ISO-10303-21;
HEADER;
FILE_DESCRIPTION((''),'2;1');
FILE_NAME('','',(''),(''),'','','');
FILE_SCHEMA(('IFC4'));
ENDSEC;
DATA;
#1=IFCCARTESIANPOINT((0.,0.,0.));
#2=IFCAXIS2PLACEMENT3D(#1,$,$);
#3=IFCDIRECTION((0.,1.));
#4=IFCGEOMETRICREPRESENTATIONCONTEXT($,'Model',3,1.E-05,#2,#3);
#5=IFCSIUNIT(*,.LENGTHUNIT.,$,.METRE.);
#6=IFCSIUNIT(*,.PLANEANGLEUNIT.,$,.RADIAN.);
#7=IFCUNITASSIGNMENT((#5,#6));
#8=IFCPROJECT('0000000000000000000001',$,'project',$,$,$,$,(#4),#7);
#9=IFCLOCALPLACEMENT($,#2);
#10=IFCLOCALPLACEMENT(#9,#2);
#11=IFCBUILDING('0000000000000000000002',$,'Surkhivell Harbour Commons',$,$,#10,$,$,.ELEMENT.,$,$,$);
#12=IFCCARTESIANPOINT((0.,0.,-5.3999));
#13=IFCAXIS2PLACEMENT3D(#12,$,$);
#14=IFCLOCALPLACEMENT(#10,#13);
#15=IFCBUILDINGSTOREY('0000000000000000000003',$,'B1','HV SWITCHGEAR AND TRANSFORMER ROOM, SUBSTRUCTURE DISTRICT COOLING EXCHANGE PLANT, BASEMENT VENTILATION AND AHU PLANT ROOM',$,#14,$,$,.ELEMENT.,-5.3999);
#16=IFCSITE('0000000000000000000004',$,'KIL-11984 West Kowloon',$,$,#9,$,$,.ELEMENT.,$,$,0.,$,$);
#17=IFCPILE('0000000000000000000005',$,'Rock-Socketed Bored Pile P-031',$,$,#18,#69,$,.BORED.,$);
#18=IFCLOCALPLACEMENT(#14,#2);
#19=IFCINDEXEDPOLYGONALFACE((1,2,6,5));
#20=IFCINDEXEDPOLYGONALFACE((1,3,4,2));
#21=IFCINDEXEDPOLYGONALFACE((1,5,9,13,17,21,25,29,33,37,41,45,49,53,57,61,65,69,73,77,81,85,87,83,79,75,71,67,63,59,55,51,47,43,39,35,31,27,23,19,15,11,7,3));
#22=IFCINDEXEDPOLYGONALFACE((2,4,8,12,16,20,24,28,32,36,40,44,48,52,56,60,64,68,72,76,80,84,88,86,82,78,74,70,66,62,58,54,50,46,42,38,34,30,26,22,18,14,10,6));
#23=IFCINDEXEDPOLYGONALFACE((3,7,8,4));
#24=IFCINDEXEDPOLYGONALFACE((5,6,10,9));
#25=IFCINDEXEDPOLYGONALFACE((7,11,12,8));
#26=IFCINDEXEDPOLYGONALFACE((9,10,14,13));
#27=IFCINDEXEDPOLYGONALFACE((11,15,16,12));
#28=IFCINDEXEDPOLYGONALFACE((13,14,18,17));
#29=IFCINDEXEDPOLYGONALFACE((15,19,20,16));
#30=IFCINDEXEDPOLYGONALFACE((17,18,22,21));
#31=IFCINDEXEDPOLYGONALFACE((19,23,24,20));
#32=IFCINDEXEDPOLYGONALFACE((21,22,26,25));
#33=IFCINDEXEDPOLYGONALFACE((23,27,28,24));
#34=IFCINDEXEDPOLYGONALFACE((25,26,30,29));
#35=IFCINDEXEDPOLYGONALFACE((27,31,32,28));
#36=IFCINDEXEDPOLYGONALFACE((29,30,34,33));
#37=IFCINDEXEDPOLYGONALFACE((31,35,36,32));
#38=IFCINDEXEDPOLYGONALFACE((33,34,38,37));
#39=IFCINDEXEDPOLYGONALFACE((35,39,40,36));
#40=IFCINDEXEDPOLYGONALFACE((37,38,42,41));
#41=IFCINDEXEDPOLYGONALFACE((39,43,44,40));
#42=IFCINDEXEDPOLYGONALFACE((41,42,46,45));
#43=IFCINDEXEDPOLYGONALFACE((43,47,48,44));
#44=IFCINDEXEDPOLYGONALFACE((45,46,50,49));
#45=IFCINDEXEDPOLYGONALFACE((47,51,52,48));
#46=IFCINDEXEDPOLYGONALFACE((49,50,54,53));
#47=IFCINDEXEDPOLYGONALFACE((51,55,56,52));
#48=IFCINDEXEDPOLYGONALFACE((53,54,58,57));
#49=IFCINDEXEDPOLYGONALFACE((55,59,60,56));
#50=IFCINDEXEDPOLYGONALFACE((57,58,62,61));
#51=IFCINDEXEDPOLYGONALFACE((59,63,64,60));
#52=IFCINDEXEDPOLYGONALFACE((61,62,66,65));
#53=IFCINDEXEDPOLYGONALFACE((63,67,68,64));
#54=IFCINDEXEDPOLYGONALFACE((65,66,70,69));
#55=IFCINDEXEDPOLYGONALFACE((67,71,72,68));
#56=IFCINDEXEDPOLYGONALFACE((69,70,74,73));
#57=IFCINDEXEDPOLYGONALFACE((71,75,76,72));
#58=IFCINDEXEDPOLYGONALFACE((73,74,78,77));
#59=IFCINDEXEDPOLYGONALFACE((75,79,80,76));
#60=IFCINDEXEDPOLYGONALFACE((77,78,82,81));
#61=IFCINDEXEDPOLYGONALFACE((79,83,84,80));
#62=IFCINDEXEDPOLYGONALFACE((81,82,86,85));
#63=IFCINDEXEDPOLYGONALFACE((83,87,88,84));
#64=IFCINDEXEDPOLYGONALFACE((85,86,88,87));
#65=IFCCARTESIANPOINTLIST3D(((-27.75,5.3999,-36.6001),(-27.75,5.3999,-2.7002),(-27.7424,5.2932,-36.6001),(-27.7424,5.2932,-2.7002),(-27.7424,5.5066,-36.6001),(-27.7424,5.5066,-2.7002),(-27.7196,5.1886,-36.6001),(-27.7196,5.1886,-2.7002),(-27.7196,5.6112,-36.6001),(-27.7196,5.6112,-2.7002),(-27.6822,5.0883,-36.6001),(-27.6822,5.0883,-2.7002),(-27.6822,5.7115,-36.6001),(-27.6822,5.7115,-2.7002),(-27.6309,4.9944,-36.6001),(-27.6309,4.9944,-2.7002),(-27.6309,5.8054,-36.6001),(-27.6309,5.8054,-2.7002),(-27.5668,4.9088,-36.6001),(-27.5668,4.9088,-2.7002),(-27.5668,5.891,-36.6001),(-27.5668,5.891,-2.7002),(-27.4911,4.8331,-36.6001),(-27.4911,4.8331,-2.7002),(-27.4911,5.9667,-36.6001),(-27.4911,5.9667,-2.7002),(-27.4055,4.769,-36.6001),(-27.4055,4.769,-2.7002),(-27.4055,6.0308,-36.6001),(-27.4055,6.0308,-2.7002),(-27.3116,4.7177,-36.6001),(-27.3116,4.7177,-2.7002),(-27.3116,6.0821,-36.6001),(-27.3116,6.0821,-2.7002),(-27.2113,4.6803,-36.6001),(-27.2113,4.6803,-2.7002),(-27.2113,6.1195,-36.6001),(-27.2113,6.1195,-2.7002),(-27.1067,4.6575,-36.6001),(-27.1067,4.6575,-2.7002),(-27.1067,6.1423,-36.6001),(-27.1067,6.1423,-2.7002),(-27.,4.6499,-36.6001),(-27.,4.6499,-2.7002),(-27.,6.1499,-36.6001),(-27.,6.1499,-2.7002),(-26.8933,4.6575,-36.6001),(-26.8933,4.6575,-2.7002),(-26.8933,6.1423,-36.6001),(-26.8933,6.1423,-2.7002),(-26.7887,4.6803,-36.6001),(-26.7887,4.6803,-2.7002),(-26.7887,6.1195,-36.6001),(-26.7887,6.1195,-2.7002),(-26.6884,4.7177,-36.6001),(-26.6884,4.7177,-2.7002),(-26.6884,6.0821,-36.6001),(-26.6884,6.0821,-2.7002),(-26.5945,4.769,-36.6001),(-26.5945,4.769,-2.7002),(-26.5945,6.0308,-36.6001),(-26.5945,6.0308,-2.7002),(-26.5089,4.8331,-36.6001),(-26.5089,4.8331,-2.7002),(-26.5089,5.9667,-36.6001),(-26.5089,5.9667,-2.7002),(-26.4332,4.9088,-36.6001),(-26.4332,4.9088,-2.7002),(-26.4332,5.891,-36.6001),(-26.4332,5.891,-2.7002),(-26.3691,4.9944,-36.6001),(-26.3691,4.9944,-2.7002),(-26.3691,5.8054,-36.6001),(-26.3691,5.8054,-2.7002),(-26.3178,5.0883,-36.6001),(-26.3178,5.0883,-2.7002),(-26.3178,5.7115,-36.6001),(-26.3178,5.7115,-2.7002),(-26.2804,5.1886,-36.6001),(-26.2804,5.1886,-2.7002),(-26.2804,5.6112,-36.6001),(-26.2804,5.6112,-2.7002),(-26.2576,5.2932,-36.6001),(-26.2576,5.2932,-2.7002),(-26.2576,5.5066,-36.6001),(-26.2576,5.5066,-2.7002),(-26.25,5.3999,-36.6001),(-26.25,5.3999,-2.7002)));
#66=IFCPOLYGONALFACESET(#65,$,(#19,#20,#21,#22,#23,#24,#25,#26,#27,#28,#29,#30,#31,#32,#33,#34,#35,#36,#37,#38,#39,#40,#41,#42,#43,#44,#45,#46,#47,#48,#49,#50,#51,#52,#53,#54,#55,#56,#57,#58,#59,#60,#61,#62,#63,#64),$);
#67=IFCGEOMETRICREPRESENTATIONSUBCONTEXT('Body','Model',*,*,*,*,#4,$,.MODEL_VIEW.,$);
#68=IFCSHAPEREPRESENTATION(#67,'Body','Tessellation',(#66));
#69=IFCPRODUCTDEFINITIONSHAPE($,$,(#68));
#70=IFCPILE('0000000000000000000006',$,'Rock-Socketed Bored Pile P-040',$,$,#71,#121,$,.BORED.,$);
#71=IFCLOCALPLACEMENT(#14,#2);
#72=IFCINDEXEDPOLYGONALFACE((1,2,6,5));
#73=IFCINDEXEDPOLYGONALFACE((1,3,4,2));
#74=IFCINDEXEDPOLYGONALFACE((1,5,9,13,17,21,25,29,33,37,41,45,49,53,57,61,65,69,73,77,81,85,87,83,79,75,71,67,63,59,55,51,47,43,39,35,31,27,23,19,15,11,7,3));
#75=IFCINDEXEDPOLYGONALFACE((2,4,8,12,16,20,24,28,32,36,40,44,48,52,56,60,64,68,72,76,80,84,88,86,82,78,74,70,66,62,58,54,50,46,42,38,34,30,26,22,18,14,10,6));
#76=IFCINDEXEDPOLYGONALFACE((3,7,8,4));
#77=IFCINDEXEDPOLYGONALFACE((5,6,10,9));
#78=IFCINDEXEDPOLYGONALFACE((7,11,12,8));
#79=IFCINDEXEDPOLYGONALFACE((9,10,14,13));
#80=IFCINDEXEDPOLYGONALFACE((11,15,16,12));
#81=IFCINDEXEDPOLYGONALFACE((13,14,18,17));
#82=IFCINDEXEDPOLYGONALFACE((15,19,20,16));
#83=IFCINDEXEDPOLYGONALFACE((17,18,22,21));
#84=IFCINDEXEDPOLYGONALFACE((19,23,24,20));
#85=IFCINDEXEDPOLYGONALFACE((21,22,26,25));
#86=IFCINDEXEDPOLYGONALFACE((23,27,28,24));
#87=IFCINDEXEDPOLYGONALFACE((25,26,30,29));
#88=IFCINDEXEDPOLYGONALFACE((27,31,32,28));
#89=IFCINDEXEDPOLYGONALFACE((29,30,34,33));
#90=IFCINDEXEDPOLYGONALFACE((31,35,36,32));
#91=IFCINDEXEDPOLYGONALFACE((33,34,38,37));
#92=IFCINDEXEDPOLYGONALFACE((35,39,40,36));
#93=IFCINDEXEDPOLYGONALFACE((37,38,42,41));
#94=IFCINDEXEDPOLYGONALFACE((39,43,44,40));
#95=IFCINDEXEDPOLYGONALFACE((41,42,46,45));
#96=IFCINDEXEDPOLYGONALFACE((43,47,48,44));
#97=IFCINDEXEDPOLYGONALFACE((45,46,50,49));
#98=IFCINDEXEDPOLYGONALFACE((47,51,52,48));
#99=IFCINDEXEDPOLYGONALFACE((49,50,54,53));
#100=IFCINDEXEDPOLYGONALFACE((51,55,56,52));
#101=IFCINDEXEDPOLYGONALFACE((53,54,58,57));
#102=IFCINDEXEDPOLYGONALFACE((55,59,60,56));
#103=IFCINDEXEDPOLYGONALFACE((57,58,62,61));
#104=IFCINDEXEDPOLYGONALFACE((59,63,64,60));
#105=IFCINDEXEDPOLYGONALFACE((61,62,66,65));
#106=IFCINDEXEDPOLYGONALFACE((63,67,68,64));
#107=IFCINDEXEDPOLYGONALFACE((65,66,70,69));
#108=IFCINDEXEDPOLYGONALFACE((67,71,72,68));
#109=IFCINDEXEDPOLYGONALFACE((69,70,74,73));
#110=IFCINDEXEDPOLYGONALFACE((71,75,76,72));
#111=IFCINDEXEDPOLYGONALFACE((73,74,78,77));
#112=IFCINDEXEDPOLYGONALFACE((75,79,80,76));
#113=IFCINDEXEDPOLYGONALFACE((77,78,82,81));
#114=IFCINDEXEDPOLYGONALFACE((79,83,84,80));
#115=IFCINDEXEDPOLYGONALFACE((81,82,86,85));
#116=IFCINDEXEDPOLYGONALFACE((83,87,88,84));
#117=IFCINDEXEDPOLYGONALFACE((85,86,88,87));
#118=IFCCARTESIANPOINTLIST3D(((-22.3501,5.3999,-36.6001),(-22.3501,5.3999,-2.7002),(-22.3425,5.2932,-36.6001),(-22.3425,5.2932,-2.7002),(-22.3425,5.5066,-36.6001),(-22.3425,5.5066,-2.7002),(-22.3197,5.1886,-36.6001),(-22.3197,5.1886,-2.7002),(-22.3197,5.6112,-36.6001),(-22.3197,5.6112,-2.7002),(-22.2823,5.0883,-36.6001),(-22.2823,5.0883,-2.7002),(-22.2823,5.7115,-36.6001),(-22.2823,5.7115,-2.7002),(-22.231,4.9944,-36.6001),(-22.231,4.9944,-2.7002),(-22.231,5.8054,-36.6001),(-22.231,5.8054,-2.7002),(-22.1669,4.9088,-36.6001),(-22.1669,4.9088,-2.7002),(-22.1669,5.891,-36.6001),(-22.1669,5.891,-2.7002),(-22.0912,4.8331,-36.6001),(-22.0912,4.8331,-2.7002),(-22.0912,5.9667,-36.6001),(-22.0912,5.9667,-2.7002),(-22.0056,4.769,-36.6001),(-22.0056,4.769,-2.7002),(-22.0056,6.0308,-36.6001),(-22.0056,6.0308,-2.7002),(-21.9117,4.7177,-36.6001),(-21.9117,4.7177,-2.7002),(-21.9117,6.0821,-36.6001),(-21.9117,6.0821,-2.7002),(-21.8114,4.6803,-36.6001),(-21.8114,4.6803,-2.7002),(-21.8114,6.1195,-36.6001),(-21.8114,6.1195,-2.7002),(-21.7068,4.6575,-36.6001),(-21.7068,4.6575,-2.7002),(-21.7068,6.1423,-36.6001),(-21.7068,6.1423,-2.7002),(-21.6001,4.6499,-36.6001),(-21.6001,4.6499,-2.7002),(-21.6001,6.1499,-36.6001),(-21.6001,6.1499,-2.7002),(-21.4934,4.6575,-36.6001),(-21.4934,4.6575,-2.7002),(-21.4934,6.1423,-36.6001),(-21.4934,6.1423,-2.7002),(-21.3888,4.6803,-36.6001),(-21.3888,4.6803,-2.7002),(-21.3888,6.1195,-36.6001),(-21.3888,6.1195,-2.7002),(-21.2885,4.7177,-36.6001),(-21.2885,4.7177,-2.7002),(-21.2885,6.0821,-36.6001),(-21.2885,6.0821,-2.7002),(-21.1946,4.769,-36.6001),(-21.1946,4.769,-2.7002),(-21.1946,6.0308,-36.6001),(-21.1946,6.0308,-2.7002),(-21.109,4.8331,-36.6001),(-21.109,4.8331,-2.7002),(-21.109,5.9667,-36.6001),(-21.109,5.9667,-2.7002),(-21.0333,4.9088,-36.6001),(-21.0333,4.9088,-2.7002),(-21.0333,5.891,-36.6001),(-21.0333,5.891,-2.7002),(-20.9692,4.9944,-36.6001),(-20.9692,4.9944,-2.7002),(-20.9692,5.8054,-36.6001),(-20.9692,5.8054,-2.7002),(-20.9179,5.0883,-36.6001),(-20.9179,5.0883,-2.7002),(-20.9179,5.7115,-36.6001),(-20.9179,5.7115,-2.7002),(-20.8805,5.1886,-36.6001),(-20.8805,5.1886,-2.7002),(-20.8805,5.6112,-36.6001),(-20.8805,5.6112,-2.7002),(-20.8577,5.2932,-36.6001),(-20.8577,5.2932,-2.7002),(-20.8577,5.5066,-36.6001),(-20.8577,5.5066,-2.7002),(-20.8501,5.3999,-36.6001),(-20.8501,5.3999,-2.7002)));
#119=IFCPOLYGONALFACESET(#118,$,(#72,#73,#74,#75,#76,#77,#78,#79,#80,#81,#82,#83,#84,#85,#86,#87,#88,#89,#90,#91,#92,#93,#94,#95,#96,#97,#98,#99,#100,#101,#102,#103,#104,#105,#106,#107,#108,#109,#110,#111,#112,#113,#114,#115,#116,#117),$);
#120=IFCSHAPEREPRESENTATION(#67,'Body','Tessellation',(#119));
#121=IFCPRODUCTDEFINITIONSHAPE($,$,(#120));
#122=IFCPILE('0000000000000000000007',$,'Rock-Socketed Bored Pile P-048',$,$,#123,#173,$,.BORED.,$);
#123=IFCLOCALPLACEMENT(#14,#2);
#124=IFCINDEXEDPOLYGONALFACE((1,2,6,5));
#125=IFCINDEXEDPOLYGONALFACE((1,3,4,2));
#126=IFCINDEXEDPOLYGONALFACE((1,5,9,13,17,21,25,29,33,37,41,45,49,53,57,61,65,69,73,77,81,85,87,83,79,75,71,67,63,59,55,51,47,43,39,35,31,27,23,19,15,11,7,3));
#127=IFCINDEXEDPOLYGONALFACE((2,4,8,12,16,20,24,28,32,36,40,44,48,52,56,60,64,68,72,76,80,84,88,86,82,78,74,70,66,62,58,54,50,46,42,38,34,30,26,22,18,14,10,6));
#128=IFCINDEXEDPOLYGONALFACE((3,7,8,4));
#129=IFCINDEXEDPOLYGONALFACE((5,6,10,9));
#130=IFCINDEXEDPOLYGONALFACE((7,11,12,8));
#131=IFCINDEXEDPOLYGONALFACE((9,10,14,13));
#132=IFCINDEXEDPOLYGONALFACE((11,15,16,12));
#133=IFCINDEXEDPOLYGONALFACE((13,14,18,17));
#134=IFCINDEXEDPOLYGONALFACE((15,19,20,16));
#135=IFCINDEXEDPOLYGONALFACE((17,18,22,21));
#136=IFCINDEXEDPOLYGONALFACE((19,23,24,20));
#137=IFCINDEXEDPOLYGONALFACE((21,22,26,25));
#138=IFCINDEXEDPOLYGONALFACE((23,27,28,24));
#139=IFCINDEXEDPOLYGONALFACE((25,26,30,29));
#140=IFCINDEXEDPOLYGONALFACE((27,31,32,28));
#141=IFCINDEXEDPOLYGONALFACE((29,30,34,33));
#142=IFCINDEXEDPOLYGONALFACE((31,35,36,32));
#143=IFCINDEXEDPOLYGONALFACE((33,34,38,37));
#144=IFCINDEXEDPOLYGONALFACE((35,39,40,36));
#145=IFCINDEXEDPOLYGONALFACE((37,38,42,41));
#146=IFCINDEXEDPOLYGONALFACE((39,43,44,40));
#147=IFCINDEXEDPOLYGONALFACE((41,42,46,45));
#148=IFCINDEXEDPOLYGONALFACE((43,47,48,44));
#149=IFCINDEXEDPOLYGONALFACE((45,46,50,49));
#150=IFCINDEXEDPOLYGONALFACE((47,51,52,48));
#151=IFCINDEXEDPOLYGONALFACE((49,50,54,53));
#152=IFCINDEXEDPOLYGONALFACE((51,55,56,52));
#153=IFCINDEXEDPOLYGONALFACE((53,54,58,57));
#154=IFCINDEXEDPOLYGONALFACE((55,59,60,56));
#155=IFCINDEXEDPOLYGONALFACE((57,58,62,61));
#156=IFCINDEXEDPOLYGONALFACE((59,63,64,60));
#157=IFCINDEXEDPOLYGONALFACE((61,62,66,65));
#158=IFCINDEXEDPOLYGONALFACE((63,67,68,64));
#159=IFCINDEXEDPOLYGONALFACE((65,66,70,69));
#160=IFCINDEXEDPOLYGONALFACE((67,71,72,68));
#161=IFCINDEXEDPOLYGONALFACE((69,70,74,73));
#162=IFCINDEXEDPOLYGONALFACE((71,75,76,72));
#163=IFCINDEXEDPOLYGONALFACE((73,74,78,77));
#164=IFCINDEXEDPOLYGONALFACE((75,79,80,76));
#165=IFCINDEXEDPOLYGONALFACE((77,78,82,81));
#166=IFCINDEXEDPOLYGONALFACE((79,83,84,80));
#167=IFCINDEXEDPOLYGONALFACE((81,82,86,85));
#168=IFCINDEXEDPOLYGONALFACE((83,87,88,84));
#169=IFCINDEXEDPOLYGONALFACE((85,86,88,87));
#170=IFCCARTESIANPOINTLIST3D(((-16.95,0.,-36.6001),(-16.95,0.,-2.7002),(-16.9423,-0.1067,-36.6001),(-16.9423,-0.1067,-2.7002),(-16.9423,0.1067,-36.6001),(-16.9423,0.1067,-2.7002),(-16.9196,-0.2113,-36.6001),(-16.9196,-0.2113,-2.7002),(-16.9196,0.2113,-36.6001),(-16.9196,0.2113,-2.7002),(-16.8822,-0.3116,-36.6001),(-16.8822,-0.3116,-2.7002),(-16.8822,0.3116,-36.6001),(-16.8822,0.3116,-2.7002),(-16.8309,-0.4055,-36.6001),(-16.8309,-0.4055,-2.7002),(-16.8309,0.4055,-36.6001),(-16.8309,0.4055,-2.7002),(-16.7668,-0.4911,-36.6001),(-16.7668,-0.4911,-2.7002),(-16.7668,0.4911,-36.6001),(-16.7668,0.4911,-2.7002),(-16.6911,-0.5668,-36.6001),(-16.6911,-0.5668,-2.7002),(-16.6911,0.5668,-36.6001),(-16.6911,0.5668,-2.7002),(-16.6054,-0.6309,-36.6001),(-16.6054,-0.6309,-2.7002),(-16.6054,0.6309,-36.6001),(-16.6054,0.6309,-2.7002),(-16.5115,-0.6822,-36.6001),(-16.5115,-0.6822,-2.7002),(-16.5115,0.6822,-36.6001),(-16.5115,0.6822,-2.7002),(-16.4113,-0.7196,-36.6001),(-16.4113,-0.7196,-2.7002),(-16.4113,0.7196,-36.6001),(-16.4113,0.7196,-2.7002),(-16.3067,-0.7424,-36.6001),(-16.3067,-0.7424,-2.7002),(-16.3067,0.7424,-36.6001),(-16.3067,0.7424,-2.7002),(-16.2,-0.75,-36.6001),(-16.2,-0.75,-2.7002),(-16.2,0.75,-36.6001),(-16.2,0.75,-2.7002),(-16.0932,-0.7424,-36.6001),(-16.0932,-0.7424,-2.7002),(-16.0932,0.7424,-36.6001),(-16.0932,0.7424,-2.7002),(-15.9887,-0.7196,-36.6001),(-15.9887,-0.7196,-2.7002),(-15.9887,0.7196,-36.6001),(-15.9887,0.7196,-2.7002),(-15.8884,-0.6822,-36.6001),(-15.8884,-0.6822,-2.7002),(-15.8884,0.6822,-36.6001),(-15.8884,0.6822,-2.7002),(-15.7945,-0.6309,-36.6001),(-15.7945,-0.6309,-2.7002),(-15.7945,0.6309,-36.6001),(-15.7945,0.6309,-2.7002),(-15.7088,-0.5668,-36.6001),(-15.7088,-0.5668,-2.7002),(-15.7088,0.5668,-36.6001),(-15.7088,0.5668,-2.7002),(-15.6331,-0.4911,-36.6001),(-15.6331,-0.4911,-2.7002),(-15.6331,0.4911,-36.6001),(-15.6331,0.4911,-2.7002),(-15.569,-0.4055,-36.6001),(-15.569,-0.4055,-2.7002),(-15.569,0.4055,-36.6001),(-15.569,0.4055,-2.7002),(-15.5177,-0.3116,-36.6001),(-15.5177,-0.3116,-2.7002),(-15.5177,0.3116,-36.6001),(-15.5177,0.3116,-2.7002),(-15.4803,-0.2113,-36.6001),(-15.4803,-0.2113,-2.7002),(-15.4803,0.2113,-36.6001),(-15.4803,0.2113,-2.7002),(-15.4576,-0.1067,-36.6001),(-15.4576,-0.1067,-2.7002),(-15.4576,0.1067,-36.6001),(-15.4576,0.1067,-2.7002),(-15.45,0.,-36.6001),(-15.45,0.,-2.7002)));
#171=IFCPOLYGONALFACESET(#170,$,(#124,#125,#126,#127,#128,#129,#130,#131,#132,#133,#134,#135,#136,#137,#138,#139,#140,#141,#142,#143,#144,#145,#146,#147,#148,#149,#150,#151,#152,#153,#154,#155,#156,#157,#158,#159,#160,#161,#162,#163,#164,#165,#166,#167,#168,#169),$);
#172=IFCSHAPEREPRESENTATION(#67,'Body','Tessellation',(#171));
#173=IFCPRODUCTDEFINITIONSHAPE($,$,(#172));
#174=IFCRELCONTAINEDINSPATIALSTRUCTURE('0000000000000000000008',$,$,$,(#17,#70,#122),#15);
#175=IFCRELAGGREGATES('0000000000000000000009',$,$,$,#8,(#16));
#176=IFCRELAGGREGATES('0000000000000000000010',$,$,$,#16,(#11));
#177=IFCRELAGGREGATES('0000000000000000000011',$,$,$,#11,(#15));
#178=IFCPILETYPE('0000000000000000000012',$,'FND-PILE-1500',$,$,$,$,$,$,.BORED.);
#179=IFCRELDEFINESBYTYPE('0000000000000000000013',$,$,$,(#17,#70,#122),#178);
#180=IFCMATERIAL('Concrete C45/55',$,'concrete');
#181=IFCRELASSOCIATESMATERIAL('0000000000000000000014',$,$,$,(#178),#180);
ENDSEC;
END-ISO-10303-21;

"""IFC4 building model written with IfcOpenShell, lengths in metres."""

from ifc_helpers import new_model, si_unit, direction, frame, origin, origin_2d, place, context, subcontext, project, spatial, circle, extrude, material, material_profile, profile_set, type_object, element, save


model = new_model("IFC4")

# Units and contexts
model_context = context("Model", 3, precision=1e-05, world=origin(), true_north=direction((0.0, 1.0)))
body_context = subcontext(model_context, "Body", "Model", "MODEL_VIEW")
ifc_project = project(units=[si_unit("LENGTHUNIT", "METRE"), si_unit("PLANEANGLEUNIT", "RADIAN")], contexts=[model_context])

# Site, building, storey
site_placement = place(None, origin())
site = spatial("IfcSite", under=ifc_project, at=site_placement, Name="KIL-11984 West Kowloon", CompositionType="ELEMENT", RefElevation=0.0)
building_placement = place(site_placement, origin())
building = spatial("IfcBuilding", under=site, at=building_placement, Name="Surkhivell Harbour Commons", CompositionType="ELEMENT")
storey_placement = place(building_placement, frame((0.0, 0.0, -5.3999)))
storey = spatial("IfcBuildingStorey", under=building, at=storey_placement, Name="B1", Description="HV SWITCHGEAR AND TRANSFORMER ROOM, SUBSTRUCTURE DISTRICT COOLING EXCHANGE PLANT, BASEMENT VENTILATION AND AHU PLANT ROOM", CompositionType="ELEMENT", Elevation=-5.3999)

# Piles
ifc_material_1 = material(Name="Concrete C45/55", Category="concrete")
ifc_material_profile_1 = material_profile(ifc_material_1, circle(Radius=0.75, at=origin_2d()), Name="PILE-1500")
ifc_profile_set_1 = profile_set([ifc_material_profile_1], Name="Concrete C45/55")
pile_type_1 = type_object("IfcPileType", Name="FND-PILE-1500", PredefinedType="BORED", material=ifc_profile_set_1)
for number, where, z_axis, x_axis, name in (
    (1, (-27.0, 5.3999, -2.7002), (0.0, 0.0, -1.0), (1.0, 0.0, 0.0), "Rock-Socketed Bored Pile P-031"),
    (2, (-21.6001, 5.3999, -2.7002), (0.0, 0.0, -1.0), (1.0, 0.0, 0.0), "Rock-Socketed Bored Pile P-040"),
    (3, (-16.2, 0.0, -2.7002), (0.0, 0.0, -1.0), (1.0, 0.0, 0.0), "Rock-Socketed Bored Pile P-048"),
):
    element("IfcPile", number, at=place(storey_placement, frame(where, z_axis=z_axis, x_axis=x_axis)), inside=storey, type_object=pile_type_1, Name=name, PredefinedType="BORED", context=body_context, shape_type="SweptSolid", body=[
        extrude(circle(Radius=0.75, at=origin_2d()), origin(), (0.0, 0.0, 1.0), 33.8999),
    ])

save(model, "model.ifc")
